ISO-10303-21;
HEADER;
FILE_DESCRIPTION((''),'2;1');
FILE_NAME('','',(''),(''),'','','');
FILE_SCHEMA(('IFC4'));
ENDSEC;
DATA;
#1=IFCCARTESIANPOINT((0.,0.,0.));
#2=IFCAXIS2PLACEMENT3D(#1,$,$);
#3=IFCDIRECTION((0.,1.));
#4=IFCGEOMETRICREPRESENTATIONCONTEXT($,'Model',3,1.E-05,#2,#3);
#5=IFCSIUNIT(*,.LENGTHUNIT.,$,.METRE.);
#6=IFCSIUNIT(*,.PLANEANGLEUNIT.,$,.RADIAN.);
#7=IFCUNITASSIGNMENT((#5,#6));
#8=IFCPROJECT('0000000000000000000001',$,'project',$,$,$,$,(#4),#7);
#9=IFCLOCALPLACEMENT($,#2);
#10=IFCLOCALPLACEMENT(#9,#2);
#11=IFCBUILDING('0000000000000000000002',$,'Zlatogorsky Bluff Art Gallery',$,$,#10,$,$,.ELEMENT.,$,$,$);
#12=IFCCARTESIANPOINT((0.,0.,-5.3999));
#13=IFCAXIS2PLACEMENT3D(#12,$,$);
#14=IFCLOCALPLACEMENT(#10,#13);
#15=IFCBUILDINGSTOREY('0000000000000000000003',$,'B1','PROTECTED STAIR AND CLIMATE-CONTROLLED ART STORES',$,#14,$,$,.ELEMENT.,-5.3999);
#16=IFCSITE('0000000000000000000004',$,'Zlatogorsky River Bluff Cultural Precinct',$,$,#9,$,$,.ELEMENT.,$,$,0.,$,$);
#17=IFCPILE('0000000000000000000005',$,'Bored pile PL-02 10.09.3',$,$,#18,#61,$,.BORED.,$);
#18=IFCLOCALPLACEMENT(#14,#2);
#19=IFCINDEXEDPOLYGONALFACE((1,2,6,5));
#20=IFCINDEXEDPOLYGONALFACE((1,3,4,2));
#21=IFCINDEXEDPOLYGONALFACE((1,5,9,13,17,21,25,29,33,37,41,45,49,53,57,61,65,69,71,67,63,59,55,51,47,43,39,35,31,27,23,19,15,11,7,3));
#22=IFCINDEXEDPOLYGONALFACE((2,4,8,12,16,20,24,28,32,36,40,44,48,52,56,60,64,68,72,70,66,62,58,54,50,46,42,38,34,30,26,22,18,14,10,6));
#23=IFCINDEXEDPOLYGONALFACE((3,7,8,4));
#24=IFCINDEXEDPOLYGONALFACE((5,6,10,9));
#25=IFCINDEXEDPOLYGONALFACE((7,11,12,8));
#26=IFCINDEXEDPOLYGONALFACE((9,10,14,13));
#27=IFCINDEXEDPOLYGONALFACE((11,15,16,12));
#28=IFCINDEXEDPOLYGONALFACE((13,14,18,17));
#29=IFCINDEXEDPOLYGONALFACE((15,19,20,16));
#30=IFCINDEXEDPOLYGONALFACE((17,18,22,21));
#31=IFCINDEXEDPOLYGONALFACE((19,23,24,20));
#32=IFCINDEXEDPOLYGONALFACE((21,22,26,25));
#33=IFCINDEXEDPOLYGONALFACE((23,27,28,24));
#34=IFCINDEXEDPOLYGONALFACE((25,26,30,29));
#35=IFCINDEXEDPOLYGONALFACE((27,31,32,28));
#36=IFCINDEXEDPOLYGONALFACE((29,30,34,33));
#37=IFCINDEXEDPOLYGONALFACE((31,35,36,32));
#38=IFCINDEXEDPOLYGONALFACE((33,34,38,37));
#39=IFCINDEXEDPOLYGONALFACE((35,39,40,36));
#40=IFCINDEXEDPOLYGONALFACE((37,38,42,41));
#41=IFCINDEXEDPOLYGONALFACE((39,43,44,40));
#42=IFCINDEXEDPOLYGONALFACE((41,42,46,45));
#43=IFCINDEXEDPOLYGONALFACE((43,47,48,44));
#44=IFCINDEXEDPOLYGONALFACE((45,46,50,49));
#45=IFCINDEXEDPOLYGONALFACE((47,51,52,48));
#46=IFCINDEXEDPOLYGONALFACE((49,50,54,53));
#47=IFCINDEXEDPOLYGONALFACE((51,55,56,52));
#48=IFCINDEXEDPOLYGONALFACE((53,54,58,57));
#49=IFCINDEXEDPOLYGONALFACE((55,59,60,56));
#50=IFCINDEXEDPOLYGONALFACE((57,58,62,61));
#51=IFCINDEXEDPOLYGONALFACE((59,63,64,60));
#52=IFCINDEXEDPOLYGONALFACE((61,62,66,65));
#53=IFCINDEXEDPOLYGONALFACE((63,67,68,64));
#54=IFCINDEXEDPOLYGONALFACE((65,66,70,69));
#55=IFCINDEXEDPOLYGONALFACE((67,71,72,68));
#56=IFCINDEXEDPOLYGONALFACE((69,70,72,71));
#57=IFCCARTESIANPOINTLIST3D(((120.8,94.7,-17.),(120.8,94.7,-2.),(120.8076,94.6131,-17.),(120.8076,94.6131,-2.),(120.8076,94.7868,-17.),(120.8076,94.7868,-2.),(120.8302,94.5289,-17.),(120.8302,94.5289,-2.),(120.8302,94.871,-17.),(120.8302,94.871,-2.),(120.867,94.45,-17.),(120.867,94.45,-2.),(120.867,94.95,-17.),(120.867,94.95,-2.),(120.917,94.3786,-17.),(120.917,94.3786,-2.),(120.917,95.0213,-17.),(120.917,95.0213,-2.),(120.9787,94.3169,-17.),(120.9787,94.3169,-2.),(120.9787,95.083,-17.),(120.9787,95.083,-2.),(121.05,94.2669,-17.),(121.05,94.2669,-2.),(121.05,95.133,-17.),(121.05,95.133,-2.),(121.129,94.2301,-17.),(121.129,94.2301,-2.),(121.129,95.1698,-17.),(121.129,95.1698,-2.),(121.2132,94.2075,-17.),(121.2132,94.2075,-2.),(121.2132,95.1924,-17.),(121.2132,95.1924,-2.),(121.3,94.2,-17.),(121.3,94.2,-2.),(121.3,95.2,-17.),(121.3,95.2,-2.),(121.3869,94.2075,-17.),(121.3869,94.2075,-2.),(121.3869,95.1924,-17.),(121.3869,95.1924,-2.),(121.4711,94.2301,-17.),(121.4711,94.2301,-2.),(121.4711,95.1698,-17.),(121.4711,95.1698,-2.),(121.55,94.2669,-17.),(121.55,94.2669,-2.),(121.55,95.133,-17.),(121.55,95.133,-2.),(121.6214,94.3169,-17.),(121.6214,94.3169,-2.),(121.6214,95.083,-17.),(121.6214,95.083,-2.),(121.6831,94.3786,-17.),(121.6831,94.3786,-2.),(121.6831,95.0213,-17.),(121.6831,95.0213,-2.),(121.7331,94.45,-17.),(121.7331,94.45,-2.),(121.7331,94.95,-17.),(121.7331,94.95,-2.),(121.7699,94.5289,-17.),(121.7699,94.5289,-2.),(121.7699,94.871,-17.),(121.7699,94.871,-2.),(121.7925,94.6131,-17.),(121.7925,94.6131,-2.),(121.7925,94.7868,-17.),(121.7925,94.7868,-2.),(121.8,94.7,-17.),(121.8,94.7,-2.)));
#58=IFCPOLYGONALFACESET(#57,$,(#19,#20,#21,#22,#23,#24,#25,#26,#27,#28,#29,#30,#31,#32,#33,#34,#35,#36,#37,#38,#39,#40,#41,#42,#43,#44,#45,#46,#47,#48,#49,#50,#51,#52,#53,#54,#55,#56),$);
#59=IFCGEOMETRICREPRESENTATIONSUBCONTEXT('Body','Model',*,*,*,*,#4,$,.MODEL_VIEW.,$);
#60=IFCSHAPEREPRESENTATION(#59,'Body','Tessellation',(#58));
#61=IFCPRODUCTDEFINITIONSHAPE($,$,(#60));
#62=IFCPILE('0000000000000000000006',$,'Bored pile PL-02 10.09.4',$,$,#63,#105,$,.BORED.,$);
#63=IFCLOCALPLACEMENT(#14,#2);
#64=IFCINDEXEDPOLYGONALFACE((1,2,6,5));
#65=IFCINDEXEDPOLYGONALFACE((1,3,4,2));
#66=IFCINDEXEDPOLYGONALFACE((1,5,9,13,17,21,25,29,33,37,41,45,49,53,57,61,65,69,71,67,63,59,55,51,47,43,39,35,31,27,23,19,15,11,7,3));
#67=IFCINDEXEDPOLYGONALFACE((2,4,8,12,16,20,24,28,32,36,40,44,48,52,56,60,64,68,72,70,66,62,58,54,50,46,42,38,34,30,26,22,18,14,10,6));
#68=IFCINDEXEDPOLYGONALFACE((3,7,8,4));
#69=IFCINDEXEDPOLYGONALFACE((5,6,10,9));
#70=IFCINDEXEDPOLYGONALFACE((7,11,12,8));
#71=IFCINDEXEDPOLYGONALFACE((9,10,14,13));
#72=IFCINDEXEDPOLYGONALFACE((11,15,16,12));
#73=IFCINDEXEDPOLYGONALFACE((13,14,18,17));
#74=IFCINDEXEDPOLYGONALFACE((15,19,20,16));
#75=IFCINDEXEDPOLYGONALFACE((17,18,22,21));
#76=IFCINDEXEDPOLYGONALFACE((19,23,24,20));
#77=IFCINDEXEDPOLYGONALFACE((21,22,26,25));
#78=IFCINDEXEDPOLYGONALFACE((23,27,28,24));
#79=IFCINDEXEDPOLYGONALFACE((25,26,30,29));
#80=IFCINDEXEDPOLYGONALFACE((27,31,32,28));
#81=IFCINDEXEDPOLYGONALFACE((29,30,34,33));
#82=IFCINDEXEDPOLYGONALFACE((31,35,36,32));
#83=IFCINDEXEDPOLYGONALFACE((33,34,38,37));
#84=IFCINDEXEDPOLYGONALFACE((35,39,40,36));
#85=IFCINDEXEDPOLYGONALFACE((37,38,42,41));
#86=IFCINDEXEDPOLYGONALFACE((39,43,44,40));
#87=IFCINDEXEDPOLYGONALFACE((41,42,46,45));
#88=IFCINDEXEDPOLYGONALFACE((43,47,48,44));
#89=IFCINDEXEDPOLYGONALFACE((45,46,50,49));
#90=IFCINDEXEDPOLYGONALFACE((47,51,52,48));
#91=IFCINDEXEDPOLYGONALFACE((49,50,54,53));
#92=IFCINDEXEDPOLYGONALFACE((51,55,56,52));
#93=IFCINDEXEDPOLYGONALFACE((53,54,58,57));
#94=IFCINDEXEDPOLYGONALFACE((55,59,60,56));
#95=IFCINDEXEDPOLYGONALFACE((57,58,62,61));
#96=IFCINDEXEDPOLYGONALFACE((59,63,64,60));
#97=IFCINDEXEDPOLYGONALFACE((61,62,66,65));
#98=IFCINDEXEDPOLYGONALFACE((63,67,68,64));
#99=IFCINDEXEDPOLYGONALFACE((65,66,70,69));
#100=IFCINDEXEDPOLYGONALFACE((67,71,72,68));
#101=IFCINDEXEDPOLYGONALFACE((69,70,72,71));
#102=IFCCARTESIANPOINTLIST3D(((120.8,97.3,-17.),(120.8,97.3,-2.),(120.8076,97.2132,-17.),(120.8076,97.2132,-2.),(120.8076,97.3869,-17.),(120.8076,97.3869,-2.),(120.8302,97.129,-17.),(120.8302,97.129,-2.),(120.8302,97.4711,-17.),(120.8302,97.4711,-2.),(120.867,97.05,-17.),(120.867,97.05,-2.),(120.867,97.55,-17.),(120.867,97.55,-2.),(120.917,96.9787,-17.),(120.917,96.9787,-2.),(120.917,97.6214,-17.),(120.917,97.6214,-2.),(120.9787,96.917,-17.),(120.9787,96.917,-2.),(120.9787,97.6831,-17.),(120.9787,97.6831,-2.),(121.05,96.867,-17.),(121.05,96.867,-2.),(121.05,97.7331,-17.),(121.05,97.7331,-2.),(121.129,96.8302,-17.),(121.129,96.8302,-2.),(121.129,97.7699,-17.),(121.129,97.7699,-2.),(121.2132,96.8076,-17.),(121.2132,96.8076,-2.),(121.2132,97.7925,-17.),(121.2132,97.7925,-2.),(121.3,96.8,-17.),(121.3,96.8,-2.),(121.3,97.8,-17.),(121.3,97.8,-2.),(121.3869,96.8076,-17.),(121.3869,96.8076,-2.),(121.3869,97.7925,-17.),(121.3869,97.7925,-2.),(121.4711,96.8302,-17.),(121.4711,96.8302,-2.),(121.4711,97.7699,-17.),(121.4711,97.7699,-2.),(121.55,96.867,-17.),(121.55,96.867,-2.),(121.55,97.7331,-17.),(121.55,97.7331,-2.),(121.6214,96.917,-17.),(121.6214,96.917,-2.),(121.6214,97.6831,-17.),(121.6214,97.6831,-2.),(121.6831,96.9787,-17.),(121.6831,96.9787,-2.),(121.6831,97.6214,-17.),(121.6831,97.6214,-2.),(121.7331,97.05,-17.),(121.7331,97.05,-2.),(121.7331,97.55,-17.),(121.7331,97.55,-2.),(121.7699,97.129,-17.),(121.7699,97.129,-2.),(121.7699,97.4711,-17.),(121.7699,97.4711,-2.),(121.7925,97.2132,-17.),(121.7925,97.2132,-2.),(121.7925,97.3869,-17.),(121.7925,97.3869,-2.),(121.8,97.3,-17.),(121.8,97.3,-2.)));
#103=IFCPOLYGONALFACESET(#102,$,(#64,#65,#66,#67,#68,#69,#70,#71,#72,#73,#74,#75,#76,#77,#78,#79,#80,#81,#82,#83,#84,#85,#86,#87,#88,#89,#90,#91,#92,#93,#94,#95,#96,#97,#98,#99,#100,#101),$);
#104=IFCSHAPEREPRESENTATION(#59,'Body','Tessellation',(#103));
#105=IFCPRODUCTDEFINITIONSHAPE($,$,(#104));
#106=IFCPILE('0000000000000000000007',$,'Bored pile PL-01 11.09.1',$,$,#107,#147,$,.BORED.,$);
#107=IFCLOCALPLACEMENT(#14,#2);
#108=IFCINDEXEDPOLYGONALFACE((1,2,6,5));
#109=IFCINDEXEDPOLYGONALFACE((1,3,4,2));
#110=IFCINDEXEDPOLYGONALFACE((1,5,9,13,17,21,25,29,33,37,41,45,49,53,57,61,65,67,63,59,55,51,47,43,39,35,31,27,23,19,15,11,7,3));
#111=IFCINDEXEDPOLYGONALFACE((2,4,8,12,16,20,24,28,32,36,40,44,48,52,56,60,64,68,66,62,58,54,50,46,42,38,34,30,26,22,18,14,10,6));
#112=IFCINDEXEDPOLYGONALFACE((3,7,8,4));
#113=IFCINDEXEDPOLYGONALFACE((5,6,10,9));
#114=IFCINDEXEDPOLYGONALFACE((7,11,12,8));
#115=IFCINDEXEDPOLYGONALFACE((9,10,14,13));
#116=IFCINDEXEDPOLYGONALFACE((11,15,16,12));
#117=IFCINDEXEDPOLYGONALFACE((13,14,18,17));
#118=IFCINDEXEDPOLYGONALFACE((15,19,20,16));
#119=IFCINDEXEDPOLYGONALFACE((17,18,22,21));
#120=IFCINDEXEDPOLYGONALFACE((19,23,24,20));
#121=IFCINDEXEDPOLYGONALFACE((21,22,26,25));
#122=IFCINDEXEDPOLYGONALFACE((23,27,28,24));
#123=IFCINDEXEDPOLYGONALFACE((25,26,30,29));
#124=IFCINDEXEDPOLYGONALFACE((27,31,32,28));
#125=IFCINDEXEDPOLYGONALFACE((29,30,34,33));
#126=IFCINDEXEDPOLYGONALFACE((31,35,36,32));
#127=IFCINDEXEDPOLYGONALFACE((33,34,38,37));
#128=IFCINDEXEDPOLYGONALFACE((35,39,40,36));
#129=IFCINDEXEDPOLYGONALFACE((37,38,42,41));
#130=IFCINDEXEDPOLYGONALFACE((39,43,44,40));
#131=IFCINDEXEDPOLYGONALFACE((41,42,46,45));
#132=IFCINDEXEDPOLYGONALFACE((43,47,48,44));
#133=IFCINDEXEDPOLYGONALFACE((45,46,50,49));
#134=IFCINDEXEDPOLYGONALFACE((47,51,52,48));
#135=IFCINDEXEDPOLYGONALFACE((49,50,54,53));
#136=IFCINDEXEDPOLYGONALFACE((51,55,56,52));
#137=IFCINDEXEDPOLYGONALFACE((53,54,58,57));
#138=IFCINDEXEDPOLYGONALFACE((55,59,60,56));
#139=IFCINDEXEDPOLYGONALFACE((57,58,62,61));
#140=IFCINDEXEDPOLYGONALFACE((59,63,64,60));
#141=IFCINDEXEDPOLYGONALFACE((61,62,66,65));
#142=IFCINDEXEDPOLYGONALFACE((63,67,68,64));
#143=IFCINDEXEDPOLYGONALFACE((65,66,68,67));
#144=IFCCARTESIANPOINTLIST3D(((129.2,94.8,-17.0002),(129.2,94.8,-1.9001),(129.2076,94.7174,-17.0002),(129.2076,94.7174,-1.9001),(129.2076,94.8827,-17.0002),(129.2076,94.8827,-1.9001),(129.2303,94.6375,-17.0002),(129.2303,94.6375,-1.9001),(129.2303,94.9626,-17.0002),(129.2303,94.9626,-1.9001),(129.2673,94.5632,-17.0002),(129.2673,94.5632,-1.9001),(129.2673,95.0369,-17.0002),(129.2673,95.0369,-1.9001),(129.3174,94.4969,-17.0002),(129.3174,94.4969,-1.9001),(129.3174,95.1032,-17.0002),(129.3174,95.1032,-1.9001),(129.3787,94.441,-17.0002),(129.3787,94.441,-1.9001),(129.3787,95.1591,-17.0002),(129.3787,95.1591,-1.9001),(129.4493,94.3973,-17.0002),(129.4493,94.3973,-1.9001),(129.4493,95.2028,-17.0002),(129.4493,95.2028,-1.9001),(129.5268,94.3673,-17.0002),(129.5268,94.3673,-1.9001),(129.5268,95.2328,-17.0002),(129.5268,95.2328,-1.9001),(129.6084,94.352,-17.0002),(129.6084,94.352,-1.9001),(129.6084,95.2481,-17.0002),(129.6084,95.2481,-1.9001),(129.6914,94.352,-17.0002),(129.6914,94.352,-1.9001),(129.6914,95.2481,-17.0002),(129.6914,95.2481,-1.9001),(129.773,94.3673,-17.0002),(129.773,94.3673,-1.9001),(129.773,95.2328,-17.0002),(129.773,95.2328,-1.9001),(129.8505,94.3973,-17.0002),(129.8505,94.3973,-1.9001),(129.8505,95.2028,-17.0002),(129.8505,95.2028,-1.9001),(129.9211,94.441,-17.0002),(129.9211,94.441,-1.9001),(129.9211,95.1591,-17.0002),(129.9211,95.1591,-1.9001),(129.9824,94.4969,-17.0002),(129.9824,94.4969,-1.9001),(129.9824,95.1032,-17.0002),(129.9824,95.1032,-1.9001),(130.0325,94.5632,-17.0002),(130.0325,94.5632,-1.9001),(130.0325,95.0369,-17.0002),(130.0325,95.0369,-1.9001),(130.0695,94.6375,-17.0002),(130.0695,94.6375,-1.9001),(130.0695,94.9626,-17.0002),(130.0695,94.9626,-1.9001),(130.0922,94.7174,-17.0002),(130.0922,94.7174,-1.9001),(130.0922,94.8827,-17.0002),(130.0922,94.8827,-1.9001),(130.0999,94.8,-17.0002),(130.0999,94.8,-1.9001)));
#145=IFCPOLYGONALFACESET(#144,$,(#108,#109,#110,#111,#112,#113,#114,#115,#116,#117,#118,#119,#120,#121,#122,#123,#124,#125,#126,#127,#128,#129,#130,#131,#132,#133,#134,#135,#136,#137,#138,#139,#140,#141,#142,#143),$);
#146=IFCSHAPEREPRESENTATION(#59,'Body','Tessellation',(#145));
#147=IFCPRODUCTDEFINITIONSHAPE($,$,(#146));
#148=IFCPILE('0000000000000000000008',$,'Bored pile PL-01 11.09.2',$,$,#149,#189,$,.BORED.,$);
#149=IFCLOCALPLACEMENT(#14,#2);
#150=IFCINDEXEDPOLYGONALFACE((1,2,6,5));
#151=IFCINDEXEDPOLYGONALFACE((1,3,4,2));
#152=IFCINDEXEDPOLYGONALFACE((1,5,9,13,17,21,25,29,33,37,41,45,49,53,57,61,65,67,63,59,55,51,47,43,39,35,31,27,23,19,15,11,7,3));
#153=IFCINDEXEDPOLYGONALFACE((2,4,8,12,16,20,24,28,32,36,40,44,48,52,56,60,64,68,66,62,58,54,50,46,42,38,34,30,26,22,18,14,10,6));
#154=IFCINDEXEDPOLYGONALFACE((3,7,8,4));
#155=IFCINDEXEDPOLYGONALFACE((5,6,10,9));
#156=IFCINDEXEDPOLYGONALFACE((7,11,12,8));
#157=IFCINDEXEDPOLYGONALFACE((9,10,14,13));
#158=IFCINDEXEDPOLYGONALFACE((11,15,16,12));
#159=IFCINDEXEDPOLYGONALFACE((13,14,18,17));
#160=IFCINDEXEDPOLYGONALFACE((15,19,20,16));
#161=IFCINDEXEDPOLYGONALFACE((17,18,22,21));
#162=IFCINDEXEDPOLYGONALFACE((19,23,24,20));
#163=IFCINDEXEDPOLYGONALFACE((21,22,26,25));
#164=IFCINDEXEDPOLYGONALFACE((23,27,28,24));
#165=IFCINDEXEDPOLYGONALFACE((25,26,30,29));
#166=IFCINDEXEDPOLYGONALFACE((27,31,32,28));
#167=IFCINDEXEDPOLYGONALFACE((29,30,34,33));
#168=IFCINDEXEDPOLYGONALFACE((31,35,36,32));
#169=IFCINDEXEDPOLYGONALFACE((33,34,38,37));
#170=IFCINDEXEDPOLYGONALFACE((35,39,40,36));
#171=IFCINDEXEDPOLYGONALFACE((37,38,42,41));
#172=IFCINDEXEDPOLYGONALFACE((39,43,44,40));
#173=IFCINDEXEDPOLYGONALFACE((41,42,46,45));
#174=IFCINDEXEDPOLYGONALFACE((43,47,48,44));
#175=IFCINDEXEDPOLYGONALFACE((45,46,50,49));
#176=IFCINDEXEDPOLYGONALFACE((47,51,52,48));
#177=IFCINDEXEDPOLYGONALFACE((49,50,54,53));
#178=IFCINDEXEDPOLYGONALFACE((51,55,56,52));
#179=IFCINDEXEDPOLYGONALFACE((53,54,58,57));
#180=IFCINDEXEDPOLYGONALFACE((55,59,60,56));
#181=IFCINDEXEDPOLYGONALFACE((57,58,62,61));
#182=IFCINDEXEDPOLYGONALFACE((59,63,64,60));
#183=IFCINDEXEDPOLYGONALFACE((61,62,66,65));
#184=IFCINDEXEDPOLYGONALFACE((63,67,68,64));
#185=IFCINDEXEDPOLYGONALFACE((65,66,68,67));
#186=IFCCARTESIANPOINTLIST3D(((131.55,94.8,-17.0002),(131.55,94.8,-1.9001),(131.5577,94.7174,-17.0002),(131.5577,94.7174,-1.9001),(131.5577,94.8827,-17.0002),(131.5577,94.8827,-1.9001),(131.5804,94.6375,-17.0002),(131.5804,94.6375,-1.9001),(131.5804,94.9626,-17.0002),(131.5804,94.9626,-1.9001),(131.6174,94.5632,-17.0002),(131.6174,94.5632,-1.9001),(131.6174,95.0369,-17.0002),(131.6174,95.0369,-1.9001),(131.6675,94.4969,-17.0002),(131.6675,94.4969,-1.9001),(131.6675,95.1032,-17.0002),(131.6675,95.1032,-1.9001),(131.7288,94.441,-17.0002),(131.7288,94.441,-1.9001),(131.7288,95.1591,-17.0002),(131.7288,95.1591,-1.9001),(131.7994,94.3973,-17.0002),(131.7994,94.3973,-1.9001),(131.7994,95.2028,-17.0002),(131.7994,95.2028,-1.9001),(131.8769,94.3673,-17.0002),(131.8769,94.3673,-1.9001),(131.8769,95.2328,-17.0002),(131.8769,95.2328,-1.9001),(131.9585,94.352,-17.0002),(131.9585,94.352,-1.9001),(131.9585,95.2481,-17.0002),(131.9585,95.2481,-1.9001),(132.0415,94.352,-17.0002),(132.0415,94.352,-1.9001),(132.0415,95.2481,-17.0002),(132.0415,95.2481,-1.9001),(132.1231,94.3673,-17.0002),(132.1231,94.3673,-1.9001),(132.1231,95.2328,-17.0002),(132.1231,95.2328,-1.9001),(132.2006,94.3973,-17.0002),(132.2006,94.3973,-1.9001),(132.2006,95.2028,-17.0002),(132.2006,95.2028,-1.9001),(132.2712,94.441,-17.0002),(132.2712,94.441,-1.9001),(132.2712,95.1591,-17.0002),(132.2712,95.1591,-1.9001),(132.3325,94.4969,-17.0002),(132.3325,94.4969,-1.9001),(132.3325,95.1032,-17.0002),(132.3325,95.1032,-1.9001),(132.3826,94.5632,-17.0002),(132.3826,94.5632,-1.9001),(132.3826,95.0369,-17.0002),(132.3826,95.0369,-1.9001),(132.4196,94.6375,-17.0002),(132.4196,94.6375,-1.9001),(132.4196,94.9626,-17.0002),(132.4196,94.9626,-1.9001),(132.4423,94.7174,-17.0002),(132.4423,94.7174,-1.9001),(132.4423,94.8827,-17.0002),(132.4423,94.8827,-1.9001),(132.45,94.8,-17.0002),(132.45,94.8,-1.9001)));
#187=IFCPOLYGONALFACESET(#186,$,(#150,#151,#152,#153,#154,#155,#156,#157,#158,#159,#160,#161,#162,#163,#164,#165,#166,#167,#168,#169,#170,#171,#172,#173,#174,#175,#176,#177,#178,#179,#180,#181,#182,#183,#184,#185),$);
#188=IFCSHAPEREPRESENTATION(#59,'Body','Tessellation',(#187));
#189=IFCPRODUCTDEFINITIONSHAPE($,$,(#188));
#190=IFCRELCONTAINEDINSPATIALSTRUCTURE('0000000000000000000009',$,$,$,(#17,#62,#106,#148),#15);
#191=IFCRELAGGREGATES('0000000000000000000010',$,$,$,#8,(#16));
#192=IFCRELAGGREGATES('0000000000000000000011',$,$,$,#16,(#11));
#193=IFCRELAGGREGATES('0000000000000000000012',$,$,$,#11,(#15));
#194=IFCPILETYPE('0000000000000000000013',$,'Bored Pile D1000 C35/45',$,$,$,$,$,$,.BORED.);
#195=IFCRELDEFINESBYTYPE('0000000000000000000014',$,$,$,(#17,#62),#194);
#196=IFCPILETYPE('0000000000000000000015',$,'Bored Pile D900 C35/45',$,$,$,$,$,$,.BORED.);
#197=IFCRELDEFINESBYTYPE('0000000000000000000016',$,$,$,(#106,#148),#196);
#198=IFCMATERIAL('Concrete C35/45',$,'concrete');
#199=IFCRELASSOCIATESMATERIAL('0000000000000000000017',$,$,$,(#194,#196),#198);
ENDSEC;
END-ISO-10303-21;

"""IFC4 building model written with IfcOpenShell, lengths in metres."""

from ifc_helpers import new_model, si_unit, direction, frame, origin, origin_2d, place, context, subcontext, project, spatial, circle, extrude, material, material_profile, profile_set, type_object, element, save


model = new_model("IFC4")

# Units and contexts
model_context = context("Model", 3, precision=1e-05, world=origin(), true_north=direction((0.0, 1.0)))
body_context = subcontext(model_context, "Body", "Model", "MODEL_VIEW")
ifc_project = project(units=[si_unit("LENGTHUNIT", "METRE"), si_unit("PLANEANGLEUNIT", "RADIAN")], contexts=[model_context])

# Site, building, storey
site_placement = place(None, origin())
site = spatial("IfcSite", under=ifc_project, at=site_placement, Name="Zlatogorsky River Bluff Cultural Precinct", CompositionType="ELEMENT", RefElevation=0.0)
building_placement = place(site_placement, origin())
building = spatial("IfcBuilding", under=site, at=building_placement, Name="Zlatogorsky Bluff Art Gallery", CompositionType="ELEMENT")
storey_placement = place(building_placement, frame((0.0, 0.0, -5.3999)))
storey = spatial("IfcBuildingStorey", under=building, at=storey_placement, Name="B1", Description="PROTECTED STAIR AND CLIMATE-CONTROLLED ART STORES", CompositionType="ELEMENT", Elevation=-5.3999)

# Piles
ifc_material_1 = material(Name="Concrete C35/45", Category="concrete")
ifc_material_profile_1 = material_profile(ifc_material_1, circle(Radius=0.5, at=origin_2d()), Name="BORED PILE D1000")
ifc_profile_set_1 = profile_set([ifc_material_profile_1], Name="Concrete C35/45")
pile_type_1 = type_object("IfcPileType", Name="Bored Pile D1000 C35/45", PredefinedType="BORED", material=ifc_profile_set_1)
for number, where, z_axis, x_axis, name in (
    (1, (121.3, 94.7, -2.0), (0.0, 0.0, -1.0), (1.0, 0.0, 0.0), "Bored pile PL-02 10.09.3"),
    (2, (121.3, 97.3, -2.0), (0.0, 0.0, -1.0), (1.0, 0.0, 0.0), "Bored pile PL-02 10.09.4"),
):
    element("IfcPile", number, at=place(storey_placement, frame(where, z_axis=z_axis, x_axis=x_axis)), inside=storey, type_object=pile_type_1, Name=name, PredefinedType="BORED", context=body_context, shape_type="SweptSolid", body=[
        extrude(circle(Radius=0.5, at=origin_2d()), origin(), (0.0, 0.0, 1.0), 15.0),
    ])
ifc_material_profile_2 = material_profile(ifc_material_1, circle(Radius=0.45, at=origin_2d()), Name="BORED PILE D900")
ifc_profile_set_2 = profile_set([ifc_material_profile_2], Name="Concrete C35/45")
pile_type_2 = type_object("IfcPileType", Name="Bored Pile D900 C35/45", PredefinedType="BORED", material=ifc_profile_set_2)
for number, where, z_axis, x_axis, name in (
    (3, (129.6499, 94.8, -1.9001), (0.0, 0.0, -1.0), (1.0, 0.0, 0.0), "Bored pile PL-01 11.09.1"),
    (4, (132.0, 94.8, -1.9001), (0.0, 0.0, -1.0), (1.0, 0.0, 0.0), "Bored pile PL-01 11.09.2"),
):
    element("IfcPile", number, at=place(storey_placement, frame(where, z_axis=z_axis, x_axis=x_axis)), inside=storey, type_object=pile_type_2, Name=name, PredefinedType="BORED", context=body_context, shape_type="SweptSolid", body=[
        extrude(circle(Radius=0.45, at=origin_2d()), origin(), (0.0, 0.0, 1.0), 15.1001),
    ])

save(model, "model.ifc")
